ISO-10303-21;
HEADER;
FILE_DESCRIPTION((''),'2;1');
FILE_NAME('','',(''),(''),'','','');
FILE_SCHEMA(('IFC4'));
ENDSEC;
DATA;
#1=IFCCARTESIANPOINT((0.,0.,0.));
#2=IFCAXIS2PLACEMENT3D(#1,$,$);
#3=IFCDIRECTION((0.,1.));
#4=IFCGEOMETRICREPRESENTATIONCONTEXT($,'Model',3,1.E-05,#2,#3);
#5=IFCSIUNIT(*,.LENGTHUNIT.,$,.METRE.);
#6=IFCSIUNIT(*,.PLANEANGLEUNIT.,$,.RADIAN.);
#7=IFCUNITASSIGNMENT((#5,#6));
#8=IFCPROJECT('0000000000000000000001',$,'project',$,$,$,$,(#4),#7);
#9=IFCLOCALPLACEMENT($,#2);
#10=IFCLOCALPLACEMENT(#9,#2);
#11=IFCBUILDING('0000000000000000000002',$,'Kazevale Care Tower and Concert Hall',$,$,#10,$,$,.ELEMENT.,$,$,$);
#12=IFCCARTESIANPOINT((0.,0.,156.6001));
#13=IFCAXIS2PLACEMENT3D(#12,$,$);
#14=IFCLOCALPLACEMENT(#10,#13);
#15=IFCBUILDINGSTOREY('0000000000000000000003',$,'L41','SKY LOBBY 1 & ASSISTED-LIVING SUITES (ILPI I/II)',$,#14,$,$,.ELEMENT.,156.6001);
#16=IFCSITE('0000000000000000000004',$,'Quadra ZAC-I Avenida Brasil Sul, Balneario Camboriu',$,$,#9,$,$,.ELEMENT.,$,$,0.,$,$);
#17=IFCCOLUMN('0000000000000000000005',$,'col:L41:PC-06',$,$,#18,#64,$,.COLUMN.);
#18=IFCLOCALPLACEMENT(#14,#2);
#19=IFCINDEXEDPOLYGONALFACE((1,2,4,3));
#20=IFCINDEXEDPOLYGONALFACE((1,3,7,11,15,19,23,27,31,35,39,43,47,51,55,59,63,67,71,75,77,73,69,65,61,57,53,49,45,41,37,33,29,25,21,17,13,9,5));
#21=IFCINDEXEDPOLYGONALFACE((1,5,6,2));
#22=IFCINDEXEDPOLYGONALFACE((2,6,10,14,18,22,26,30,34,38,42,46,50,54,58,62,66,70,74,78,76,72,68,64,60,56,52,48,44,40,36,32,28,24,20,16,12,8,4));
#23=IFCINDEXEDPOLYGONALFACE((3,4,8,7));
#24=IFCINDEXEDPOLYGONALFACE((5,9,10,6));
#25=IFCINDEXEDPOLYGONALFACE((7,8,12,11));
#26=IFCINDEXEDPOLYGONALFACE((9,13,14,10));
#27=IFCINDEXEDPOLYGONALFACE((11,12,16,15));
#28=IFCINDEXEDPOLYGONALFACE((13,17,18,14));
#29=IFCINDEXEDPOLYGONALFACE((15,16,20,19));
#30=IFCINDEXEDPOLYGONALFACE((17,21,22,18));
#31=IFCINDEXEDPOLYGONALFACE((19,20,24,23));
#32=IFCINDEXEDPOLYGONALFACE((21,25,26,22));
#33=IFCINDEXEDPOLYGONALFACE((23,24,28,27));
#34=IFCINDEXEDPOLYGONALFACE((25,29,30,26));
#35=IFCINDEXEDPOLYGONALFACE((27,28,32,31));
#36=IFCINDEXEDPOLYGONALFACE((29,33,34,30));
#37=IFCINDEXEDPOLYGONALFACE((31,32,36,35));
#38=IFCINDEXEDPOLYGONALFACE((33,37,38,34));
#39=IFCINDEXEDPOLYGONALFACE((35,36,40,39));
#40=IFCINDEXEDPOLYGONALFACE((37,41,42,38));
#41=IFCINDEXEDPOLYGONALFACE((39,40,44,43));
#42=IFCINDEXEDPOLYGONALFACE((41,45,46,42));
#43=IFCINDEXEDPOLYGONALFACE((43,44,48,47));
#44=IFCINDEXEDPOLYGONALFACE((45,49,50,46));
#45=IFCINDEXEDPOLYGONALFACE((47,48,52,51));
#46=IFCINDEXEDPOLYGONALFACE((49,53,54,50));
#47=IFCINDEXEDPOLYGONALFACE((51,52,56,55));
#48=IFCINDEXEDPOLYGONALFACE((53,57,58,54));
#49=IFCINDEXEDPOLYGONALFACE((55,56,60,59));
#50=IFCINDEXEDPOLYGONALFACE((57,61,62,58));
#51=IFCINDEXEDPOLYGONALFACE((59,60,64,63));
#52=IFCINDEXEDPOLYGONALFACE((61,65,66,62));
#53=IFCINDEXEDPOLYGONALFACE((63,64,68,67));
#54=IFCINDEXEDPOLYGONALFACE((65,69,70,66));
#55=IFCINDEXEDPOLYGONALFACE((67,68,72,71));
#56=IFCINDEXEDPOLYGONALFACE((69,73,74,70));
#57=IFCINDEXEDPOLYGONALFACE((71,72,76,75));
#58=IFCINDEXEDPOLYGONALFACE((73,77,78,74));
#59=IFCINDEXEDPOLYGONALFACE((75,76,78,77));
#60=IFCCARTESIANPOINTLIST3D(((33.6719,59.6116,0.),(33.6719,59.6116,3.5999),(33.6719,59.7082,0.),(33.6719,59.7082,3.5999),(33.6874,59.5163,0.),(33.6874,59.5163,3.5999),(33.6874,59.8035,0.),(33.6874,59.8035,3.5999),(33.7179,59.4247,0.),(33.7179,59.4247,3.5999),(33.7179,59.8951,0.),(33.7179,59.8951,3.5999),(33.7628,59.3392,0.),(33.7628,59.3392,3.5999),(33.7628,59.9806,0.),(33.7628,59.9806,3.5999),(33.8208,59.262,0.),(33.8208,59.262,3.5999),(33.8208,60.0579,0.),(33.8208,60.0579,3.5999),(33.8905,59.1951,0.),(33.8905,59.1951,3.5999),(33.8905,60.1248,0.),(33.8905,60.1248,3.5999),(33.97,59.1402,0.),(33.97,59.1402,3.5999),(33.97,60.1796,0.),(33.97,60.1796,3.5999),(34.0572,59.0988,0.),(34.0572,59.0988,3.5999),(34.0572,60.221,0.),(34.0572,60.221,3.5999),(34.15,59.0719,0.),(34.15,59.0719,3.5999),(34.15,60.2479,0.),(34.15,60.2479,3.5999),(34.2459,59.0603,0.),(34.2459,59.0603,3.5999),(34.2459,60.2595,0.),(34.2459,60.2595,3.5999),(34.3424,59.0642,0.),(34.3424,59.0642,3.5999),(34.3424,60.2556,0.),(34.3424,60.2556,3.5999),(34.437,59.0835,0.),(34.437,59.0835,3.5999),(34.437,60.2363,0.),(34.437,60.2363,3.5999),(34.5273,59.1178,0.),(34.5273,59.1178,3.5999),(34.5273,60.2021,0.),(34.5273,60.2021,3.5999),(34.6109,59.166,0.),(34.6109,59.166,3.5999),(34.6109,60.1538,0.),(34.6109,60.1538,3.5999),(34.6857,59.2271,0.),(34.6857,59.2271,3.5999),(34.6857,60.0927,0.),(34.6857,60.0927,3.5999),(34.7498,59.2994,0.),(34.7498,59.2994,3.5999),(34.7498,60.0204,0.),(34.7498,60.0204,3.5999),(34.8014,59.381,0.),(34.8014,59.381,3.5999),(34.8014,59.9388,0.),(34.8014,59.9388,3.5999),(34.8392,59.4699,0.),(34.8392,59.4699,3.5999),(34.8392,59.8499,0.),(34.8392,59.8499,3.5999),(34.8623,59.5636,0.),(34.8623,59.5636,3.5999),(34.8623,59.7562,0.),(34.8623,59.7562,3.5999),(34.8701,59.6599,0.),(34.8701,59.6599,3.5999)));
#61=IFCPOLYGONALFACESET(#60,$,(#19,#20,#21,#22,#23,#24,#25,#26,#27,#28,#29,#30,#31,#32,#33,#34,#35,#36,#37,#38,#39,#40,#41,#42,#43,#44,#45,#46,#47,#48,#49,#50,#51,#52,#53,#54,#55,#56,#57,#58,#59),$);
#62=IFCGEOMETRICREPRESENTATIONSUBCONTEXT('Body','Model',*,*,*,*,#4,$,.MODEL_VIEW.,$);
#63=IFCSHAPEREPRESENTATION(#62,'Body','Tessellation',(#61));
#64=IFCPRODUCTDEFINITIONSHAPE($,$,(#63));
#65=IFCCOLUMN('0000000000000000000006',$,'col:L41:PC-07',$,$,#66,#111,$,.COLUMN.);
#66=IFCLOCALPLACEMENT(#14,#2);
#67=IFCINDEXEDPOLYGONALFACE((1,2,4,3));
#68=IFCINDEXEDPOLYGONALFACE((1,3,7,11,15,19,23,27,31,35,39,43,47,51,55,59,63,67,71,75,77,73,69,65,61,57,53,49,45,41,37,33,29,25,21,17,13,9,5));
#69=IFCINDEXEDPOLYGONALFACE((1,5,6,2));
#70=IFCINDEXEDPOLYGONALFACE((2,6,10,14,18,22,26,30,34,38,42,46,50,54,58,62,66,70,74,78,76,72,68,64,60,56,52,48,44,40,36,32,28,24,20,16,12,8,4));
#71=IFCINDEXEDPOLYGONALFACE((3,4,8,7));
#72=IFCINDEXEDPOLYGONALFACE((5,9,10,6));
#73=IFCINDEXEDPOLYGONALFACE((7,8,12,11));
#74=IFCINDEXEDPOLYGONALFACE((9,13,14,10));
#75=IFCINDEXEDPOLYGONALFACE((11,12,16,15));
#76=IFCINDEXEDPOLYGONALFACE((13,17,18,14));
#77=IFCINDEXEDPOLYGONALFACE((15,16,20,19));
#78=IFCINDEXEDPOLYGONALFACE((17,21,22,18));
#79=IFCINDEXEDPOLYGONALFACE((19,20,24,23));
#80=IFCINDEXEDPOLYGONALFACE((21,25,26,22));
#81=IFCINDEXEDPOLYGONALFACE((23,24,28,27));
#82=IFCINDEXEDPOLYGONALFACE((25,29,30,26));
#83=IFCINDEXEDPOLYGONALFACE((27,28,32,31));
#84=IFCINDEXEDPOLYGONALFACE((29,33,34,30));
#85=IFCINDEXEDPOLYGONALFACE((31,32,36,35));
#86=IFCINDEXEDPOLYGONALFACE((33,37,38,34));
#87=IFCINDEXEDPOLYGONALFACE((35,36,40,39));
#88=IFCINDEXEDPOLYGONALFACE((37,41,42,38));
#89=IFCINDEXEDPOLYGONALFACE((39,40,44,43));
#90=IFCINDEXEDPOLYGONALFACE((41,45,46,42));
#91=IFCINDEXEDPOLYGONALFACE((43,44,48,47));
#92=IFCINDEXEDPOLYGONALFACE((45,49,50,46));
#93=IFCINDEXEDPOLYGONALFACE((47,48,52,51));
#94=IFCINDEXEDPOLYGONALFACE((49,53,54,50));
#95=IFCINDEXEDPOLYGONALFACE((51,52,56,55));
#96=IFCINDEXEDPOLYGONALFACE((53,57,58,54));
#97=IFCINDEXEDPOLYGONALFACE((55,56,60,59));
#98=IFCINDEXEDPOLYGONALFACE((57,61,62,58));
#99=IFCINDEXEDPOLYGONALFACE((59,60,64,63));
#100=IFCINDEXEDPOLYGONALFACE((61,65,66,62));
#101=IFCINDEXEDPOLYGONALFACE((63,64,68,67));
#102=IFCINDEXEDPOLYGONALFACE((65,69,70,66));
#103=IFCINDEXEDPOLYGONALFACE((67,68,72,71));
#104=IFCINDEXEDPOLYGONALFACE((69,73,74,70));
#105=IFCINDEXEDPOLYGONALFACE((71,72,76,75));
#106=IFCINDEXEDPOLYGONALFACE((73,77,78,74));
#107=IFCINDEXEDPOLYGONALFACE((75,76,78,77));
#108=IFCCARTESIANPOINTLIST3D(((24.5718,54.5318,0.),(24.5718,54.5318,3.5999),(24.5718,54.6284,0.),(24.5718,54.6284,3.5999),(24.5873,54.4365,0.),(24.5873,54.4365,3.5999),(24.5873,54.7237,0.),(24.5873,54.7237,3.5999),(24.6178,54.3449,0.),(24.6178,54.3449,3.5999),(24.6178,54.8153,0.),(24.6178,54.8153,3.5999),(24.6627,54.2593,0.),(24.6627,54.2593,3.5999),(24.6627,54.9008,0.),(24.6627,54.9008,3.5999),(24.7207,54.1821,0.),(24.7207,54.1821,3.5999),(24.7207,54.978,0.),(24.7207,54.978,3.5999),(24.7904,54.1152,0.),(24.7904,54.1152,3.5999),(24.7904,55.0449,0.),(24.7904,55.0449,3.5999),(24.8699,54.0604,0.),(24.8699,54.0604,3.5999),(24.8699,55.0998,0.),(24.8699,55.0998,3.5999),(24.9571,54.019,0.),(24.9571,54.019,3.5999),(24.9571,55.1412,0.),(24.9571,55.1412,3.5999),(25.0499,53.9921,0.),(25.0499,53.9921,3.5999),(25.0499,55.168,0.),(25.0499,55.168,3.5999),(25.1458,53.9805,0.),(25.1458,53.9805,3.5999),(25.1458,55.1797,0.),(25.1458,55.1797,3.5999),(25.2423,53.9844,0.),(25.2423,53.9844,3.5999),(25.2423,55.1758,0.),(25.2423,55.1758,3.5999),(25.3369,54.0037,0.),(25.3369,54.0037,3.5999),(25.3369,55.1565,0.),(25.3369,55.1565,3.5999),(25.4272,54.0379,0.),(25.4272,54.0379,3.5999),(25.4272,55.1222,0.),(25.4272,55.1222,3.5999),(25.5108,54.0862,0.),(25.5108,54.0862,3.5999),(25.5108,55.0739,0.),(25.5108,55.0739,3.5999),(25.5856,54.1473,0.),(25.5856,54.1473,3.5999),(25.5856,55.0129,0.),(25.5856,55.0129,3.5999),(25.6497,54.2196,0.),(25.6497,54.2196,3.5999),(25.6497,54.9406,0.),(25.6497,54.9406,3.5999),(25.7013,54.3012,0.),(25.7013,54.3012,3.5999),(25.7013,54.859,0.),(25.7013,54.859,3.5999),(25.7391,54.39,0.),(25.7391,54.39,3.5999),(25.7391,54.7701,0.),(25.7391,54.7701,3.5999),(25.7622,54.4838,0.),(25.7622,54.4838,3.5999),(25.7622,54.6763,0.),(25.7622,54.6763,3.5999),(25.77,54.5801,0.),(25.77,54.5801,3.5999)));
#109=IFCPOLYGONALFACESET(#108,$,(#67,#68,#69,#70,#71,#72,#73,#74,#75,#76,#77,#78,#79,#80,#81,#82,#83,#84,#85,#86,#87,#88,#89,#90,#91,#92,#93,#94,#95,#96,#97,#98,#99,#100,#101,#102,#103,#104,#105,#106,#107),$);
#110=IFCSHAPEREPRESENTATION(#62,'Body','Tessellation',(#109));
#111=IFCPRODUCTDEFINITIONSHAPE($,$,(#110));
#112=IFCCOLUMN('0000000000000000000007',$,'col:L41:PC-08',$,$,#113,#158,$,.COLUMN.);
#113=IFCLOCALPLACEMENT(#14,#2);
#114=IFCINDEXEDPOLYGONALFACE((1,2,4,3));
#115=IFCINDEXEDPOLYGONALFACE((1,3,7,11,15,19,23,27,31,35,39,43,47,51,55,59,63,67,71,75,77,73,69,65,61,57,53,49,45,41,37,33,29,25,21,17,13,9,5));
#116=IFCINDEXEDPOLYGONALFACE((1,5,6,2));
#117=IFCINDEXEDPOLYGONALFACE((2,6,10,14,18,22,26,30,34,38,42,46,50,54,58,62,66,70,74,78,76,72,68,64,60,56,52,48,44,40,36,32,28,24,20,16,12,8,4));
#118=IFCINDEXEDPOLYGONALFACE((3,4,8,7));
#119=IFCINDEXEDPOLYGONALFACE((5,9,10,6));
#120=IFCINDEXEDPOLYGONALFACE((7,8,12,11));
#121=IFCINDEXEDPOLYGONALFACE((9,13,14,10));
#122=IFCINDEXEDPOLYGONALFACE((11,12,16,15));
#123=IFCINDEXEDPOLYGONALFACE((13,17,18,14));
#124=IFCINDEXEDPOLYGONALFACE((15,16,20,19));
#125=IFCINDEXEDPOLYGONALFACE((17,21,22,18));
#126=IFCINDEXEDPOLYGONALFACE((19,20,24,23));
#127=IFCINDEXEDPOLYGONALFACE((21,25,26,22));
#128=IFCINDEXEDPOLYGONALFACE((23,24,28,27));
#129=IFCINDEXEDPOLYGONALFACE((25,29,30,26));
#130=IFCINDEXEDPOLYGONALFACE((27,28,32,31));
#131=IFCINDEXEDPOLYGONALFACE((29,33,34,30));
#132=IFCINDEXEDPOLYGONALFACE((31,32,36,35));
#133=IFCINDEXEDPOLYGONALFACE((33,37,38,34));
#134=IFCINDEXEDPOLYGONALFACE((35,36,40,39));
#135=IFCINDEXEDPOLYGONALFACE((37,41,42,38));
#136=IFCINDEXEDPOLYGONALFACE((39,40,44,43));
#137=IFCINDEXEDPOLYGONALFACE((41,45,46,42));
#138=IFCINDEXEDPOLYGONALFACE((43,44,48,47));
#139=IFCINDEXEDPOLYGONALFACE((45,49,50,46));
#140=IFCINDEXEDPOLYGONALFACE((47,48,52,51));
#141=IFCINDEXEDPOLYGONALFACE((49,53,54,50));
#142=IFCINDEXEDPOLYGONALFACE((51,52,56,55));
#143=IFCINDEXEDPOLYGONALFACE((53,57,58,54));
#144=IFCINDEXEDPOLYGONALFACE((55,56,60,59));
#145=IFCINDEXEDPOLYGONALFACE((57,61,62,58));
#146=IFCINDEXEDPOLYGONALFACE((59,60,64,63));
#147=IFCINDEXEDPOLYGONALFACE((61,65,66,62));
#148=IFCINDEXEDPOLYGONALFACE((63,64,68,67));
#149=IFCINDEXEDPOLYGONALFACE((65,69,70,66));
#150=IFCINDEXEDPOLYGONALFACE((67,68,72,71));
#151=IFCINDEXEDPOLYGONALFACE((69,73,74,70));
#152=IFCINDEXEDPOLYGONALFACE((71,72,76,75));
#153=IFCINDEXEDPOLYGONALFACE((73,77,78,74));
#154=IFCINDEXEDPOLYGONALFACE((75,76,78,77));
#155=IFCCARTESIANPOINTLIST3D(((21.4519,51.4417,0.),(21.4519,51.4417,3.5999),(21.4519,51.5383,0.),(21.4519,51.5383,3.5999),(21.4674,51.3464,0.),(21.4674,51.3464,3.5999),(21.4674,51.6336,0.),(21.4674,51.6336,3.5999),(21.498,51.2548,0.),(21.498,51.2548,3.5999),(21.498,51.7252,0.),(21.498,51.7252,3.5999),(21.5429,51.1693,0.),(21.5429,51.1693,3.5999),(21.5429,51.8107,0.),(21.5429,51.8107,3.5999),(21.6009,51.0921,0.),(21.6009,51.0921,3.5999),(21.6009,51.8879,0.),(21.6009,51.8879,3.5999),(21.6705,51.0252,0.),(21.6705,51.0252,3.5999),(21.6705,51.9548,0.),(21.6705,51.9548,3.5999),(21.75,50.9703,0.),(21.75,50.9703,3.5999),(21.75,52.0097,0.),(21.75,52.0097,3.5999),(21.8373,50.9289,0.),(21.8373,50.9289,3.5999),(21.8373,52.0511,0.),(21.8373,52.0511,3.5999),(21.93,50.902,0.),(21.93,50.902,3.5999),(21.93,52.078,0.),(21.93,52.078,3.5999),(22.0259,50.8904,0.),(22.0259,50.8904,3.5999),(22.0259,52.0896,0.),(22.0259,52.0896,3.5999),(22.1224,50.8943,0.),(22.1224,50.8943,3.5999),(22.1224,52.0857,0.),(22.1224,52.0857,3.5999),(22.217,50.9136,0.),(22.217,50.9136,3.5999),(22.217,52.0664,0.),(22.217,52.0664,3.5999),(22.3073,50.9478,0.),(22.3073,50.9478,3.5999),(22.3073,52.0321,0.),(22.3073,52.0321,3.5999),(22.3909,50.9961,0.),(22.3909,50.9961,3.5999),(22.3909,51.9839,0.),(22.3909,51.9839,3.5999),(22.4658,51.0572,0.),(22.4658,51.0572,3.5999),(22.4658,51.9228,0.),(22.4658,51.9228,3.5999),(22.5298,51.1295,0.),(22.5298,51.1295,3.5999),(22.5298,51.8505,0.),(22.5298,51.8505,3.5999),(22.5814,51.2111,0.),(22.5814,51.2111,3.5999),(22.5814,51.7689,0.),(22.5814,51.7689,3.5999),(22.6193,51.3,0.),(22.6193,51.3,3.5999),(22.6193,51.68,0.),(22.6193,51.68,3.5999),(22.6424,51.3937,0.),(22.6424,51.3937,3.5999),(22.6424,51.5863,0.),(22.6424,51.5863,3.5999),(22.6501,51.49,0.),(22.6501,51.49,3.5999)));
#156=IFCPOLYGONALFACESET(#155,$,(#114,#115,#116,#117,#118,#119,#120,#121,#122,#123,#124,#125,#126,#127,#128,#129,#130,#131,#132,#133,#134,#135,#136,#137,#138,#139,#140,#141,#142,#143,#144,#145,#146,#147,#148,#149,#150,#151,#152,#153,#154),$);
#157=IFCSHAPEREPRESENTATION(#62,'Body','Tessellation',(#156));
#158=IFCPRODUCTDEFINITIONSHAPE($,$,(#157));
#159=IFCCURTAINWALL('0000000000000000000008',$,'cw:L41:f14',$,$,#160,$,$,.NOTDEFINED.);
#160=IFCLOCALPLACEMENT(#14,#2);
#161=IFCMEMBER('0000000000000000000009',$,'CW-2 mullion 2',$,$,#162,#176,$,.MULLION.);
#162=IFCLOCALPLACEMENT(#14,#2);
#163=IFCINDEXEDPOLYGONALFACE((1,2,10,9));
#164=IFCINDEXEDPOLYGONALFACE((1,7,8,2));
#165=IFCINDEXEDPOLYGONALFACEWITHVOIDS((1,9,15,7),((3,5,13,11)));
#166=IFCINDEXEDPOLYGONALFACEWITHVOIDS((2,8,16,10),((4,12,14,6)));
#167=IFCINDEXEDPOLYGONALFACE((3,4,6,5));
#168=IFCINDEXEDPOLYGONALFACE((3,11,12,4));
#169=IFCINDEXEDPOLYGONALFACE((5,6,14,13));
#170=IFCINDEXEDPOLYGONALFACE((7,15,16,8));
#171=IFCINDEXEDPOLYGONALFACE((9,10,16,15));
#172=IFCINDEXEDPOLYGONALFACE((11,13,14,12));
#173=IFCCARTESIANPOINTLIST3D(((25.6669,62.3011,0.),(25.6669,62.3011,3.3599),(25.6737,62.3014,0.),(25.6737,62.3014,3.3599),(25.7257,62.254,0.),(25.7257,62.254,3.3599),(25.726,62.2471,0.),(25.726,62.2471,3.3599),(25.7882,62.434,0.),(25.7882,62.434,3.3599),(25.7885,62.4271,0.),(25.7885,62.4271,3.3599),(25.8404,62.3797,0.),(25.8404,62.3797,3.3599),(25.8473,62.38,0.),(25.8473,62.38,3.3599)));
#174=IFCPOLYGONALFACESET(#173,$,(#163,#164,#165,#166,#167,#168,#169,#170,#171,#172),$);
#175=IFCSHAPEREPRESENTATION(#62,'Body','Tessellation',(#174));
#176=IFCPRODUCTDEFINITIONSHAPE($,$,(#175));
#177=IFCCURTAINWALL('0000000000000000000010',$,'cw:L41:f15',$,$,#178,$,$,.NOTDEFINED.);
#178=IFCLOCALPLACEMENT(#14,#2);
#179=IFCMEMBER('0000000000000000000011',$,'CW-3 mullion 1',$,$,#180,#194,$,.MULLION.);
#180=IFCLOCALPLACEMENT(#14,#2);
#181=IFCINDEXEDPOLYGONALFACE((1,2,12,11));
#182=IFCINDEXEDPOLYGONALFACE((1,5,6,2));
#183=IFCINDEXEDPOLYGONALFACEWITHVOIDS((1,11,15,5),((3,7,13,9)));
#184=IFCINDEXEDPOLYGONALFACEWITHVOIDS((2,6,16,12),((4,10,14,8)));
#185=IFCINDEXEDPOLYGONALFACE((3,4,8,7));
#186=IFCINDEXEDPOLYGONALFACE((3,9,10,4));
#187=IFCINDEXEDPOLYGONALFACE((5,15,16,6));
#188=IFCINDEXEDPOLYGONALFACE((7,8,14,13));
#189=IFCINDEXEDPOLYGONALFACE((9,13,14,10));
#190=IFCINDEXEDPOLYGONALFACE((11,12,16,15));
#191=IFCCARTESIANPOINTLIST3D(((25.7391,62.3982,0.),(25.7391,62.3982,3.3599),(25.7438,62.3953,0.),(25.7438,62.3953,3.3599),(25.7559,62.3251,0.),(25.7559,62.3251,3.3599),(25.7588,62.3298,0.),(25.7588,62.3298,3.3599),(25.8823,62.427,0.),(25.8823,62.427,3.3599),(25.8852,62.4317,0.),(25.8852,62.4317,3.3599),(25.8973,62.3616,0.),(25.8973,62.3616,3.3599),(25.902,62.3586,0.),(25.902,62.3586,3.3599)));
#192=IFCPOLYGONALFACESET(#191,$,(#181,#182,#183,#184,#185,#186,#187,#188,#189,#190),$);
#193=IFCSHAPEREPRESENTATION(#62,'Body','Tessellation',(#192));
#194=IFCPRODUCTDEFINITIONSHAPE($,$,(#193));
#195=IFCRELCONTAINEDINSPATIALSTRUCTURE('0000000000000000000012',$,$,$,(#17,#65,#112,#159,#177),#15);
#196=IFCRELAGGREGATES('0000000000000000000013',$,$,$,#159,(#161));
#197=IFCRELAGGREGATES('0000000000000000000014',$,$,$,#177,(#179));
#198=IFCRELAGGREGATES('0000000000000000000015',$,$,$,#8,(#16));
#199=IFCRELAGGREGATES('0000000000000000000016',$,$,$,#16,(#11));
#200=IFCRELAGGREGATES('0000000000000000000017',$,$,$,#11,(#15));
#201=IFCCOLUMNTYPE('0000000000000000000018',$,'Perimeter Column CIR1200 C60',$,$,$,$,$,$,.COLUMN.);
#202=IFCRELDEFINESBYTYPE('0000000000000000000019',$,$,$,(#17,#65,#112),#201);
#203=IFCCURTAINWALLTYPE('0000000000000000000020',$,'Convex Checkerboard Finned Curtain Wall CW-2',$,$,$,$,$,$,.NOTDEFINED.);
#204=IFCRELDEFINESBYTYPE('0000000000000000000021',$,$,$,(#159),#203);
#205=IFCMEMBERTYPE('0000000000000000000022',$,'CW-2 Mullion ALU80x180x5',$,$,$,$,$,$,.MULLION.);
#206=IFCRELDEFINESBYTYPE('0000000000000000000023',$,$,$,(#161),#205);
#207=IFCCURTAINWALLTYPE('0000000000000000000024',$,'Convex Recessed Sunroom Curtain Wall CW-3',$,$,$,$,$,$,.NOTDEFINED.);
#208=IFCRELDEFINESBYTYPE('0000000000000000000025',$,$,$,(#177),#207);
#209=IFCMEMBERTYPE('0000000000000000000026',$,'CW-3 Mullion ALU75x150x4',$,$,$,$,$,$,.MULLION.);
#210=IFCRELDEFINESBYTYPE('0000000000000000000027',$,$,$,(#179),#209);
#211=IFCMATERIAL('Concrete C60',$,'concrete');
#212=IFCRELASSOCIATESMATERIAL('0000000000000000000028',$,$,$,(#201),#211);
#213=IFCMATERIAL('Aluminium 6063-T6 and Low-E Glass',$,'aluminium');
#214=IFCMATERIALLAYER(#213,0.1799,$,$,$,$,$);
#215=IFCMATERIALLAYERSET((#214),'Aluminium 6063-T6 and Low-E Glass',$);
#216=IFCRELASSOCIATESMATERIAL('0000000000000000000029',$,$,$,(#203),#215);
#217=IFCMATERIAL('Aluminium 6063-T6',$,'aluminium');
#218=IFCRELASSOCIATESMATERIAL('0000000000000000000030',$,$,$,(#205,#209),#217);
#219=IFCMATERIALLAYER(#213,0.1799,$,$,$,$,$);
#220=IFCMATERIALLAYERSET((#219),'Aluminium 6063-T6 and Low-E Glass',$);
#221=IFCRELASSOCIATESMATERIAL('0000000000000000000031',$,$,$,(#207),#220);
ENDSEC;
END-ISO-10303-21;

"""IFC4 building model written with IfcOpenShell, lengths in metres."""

from ifc_helpers import new_model, si_unit, direction, frame, origin, origin_2d, place, context, subcontext, project, spatial, hollow_rectangle, circle, extrude, material, layer, layer_set, material_profile, profile_set, type_object, element, aggregate, save


model = new_model("IFC4")

# Units and contexts
model_context = context("Model", 3, precision=1e-05, world=origin(), true_north=direction((0.0, 1.0)))
body_context = subcontext(model_context, "Body", "Model", "MODEL_VIEW")
ifc_project = project(units=[si_unit("LENGTHUNIT", "METRE"), si_unit("PLANEANGLEUNIT", "RADIAN")], contexts=[model_context])

# Site, building, storey
site_placement = place(None, origin())
site = spatial("IfcSite", under=ifc_project, at=site_placement, Name="Quadra ZAC-I Avenida Brasil Sul, Balneario Camboriu", CompositionType="ELEMENT", RefElevation=0.0)
building_placement = place(site_placement, origin())
building = spatial("IfcBuilding", under=site, at=building_placement, Name="Kazevale Care Tower and Concert Hall", CompositionType="ELEMENT")
storey_placement = place(building_placement, frame((0.0, 0.0, 156.6001)))
storey = spatial("IfcBuildingStorey", under=building, at=storey_placement, Name="L41", Description="SKY LOBBY 1 & ASSISTED-LIVING SUITES (ILPI I/II)", CompositionType="ELEMENT", Elevation=156.6001)

# Columns
ifc_material_1 = material(Name="Concrete C60", Category="concrete")
ifc_material_profile_1 = material_profile(ifc_material_1, circle(Radius=0.6001, at=origin_2d()), Name="RC-CIR1200")
ifc_profile_set_1 = profile_set([ifc_material_profile_1], Name="Concrete C60")
column_type = type_object("IfcColumnType", Name="Perimeter Column CIR1200 C60", PredefinedType="COLUMN", material=ifc_profile_set_1)
for number, where, z_axis, x_axis, name in (
    (1, (34.27, 59.6599, 0.0), (0.0, 0.0, 1.0), (1.0, 0.0, 0.0), "col:L41:PC-06"),
    (2, (25.1699, 54.5801, 0.0), (0.0, 0.0, 1.0), (1.0, 0.0, 0.0), "col:L41:PC-07"),
    (3, (22.05, 51.49, 0.0), (0.0, 0.0, 1.0), (1.0, 0.0, 0.0), "col:L41:PC-08"),
):
    element("IfcColumn", number, at=place(storey_placement, frame(where, z_axis=z_axis, x_axis=x_axis)), inside=storey, type_object=column_type, Name=name, PredefinedType="COLUMN", context=body_context, shape_type="SweptSolid", body=[
        extrude(circle(Radius=0.6001, at=origin_2d()), origin(), (0.0, 0.0, 1.0), 3.5999),
    ])

# Curtain wall, member
ifc_material_2 = material(Name="Aluminium 6063-T6 and Low-E Glass", Category="aluminium")
ifc_layer_1 = layer(ifc_material_2, 0.1799)
ifc_layer_set_1 = layer_set([ifc_layer_1], Name="Aluminium 6063-T6 and Low-E Glass")
curtain_wall_type_1 = type_object("IfcCurtainWallType", Name="Convex Checkerboard Finned Curtain Wall CW-2", PredefinedType="NOTDEFINED", material=ifc_layer_set_1)
curtain_wall_1_placement = place(storey_placement, origin())
curtain_wall_1 = element("IfcCurtainWall", 4, at=curtain_wall_1_placement, inside=storey, type_object=curtain_wall_type_1, Name="cw:L41:f14", PredefinedType="NOTDEFINED")
ifc_material_3 = material(Name="Aluminium 6063-T6", Category="aluminium")
ifc_material_profile_2 = material_profile(ifc_material_3, hollow_rectangle(XDim=0.0801, YDim=0.1799, WallThickness=0.0049, at=origin_2d()), Name="ALU80x180x5")
ifc_profile_set_2 = profile_set([ifc_material_profile_2], Name="Aluminium 6063-T6")
member_type_1 = type_object("IfcMemberType", Name="CW-2 Mullion ALU80x180x5", PredefinedType="MULLION", material=ifc_profile_set_2)
member_1_placement = place(storey_placement, frame((25.7571, 62.3406, 0.0), z_axis=(0.0, 0.0, 1.0), x_axis=(-0.738492, 0.674262, 0.0)))
member_1 = element("IfcMember", 5, at=member_1_placement, type_object=member_type_1, Name="CW-2 mullion 2", PredefinedType="MULLION", context=body_context, shape_type="SweptSolid", body=[
    extrude(hollow_rectangle(XDim=0.0801, YDim=0.1799, WallThickness=0.0049, at=origin_2d()), origin(), (0.0, 0.0, 1.0), 3.3599),
])

# Curtain wall, member
ifc_layer_2 = layer(ifc_material_2, 0.1799)
ifc_layer_set_2 = layer_set([ifc_layer_2], Name="Aluminium 6063-T6 and Low-E Glass")
curtain_wall_type_2 = type_object("IfcCurtainWallType", Name="Convex Recessed Sunroom Curtain Wall CW-3", PredefinedType="NOTDEFINED", material=ifc_layer_set_2)
curtain_wall_2_placement = place(storey_placement, origin())
curtain_wall_2 = element("IfcCurtainWall", 6, at=curtain_wall_2_placement, inside=storey, type_object=curtain_wall_type_2, Name="cw:L41:f15", PredefinedType="NOTDEFINED")
ifc_material_profile_3 = material_profile(ifc_material_3, hollow_rectangle(XDim=0.075, YDim=0.1499, WallThickness=0.0039, at=origin_2d()), Name="ALU75x150x4")
ifc_profile_set_3 = profile_set([ifc_material_profile_3], Name="Aluminium 6063-T6")
member_type_2 = type_object("IfcMemberType", Name="CW-3 Mullion ALU75x150x4", PredefinedType="MULLION", material=ifc_profile_set_3)
member_2_placement = place(storey_placement, frame((25.8206, 62.3784, 0.0), z_axis=(0.0, 0.0, 1.0), x_axis=(-0.223567, 0.974688, 0.0)))
member_2 = element("IfcMember", 7, at=member_2_placement, type_object=member_type_2, Name="CW-3 mullion 1", PredefinedType="MULLION", context=body_context, shape_type="SweptSolid", body=[
    extrude(hollow_rectangle(XDim=0.075, YDim=0.1499, WallThickness=0.0039, at=origin_2d()), origin(), (0.0, 0.0, 1.0), 3.3599),
])

aggregate(curtain_wall_1, [member_1])
aggregate(curtain_wall_2, [member_2])

save(model, "model.ifc")
